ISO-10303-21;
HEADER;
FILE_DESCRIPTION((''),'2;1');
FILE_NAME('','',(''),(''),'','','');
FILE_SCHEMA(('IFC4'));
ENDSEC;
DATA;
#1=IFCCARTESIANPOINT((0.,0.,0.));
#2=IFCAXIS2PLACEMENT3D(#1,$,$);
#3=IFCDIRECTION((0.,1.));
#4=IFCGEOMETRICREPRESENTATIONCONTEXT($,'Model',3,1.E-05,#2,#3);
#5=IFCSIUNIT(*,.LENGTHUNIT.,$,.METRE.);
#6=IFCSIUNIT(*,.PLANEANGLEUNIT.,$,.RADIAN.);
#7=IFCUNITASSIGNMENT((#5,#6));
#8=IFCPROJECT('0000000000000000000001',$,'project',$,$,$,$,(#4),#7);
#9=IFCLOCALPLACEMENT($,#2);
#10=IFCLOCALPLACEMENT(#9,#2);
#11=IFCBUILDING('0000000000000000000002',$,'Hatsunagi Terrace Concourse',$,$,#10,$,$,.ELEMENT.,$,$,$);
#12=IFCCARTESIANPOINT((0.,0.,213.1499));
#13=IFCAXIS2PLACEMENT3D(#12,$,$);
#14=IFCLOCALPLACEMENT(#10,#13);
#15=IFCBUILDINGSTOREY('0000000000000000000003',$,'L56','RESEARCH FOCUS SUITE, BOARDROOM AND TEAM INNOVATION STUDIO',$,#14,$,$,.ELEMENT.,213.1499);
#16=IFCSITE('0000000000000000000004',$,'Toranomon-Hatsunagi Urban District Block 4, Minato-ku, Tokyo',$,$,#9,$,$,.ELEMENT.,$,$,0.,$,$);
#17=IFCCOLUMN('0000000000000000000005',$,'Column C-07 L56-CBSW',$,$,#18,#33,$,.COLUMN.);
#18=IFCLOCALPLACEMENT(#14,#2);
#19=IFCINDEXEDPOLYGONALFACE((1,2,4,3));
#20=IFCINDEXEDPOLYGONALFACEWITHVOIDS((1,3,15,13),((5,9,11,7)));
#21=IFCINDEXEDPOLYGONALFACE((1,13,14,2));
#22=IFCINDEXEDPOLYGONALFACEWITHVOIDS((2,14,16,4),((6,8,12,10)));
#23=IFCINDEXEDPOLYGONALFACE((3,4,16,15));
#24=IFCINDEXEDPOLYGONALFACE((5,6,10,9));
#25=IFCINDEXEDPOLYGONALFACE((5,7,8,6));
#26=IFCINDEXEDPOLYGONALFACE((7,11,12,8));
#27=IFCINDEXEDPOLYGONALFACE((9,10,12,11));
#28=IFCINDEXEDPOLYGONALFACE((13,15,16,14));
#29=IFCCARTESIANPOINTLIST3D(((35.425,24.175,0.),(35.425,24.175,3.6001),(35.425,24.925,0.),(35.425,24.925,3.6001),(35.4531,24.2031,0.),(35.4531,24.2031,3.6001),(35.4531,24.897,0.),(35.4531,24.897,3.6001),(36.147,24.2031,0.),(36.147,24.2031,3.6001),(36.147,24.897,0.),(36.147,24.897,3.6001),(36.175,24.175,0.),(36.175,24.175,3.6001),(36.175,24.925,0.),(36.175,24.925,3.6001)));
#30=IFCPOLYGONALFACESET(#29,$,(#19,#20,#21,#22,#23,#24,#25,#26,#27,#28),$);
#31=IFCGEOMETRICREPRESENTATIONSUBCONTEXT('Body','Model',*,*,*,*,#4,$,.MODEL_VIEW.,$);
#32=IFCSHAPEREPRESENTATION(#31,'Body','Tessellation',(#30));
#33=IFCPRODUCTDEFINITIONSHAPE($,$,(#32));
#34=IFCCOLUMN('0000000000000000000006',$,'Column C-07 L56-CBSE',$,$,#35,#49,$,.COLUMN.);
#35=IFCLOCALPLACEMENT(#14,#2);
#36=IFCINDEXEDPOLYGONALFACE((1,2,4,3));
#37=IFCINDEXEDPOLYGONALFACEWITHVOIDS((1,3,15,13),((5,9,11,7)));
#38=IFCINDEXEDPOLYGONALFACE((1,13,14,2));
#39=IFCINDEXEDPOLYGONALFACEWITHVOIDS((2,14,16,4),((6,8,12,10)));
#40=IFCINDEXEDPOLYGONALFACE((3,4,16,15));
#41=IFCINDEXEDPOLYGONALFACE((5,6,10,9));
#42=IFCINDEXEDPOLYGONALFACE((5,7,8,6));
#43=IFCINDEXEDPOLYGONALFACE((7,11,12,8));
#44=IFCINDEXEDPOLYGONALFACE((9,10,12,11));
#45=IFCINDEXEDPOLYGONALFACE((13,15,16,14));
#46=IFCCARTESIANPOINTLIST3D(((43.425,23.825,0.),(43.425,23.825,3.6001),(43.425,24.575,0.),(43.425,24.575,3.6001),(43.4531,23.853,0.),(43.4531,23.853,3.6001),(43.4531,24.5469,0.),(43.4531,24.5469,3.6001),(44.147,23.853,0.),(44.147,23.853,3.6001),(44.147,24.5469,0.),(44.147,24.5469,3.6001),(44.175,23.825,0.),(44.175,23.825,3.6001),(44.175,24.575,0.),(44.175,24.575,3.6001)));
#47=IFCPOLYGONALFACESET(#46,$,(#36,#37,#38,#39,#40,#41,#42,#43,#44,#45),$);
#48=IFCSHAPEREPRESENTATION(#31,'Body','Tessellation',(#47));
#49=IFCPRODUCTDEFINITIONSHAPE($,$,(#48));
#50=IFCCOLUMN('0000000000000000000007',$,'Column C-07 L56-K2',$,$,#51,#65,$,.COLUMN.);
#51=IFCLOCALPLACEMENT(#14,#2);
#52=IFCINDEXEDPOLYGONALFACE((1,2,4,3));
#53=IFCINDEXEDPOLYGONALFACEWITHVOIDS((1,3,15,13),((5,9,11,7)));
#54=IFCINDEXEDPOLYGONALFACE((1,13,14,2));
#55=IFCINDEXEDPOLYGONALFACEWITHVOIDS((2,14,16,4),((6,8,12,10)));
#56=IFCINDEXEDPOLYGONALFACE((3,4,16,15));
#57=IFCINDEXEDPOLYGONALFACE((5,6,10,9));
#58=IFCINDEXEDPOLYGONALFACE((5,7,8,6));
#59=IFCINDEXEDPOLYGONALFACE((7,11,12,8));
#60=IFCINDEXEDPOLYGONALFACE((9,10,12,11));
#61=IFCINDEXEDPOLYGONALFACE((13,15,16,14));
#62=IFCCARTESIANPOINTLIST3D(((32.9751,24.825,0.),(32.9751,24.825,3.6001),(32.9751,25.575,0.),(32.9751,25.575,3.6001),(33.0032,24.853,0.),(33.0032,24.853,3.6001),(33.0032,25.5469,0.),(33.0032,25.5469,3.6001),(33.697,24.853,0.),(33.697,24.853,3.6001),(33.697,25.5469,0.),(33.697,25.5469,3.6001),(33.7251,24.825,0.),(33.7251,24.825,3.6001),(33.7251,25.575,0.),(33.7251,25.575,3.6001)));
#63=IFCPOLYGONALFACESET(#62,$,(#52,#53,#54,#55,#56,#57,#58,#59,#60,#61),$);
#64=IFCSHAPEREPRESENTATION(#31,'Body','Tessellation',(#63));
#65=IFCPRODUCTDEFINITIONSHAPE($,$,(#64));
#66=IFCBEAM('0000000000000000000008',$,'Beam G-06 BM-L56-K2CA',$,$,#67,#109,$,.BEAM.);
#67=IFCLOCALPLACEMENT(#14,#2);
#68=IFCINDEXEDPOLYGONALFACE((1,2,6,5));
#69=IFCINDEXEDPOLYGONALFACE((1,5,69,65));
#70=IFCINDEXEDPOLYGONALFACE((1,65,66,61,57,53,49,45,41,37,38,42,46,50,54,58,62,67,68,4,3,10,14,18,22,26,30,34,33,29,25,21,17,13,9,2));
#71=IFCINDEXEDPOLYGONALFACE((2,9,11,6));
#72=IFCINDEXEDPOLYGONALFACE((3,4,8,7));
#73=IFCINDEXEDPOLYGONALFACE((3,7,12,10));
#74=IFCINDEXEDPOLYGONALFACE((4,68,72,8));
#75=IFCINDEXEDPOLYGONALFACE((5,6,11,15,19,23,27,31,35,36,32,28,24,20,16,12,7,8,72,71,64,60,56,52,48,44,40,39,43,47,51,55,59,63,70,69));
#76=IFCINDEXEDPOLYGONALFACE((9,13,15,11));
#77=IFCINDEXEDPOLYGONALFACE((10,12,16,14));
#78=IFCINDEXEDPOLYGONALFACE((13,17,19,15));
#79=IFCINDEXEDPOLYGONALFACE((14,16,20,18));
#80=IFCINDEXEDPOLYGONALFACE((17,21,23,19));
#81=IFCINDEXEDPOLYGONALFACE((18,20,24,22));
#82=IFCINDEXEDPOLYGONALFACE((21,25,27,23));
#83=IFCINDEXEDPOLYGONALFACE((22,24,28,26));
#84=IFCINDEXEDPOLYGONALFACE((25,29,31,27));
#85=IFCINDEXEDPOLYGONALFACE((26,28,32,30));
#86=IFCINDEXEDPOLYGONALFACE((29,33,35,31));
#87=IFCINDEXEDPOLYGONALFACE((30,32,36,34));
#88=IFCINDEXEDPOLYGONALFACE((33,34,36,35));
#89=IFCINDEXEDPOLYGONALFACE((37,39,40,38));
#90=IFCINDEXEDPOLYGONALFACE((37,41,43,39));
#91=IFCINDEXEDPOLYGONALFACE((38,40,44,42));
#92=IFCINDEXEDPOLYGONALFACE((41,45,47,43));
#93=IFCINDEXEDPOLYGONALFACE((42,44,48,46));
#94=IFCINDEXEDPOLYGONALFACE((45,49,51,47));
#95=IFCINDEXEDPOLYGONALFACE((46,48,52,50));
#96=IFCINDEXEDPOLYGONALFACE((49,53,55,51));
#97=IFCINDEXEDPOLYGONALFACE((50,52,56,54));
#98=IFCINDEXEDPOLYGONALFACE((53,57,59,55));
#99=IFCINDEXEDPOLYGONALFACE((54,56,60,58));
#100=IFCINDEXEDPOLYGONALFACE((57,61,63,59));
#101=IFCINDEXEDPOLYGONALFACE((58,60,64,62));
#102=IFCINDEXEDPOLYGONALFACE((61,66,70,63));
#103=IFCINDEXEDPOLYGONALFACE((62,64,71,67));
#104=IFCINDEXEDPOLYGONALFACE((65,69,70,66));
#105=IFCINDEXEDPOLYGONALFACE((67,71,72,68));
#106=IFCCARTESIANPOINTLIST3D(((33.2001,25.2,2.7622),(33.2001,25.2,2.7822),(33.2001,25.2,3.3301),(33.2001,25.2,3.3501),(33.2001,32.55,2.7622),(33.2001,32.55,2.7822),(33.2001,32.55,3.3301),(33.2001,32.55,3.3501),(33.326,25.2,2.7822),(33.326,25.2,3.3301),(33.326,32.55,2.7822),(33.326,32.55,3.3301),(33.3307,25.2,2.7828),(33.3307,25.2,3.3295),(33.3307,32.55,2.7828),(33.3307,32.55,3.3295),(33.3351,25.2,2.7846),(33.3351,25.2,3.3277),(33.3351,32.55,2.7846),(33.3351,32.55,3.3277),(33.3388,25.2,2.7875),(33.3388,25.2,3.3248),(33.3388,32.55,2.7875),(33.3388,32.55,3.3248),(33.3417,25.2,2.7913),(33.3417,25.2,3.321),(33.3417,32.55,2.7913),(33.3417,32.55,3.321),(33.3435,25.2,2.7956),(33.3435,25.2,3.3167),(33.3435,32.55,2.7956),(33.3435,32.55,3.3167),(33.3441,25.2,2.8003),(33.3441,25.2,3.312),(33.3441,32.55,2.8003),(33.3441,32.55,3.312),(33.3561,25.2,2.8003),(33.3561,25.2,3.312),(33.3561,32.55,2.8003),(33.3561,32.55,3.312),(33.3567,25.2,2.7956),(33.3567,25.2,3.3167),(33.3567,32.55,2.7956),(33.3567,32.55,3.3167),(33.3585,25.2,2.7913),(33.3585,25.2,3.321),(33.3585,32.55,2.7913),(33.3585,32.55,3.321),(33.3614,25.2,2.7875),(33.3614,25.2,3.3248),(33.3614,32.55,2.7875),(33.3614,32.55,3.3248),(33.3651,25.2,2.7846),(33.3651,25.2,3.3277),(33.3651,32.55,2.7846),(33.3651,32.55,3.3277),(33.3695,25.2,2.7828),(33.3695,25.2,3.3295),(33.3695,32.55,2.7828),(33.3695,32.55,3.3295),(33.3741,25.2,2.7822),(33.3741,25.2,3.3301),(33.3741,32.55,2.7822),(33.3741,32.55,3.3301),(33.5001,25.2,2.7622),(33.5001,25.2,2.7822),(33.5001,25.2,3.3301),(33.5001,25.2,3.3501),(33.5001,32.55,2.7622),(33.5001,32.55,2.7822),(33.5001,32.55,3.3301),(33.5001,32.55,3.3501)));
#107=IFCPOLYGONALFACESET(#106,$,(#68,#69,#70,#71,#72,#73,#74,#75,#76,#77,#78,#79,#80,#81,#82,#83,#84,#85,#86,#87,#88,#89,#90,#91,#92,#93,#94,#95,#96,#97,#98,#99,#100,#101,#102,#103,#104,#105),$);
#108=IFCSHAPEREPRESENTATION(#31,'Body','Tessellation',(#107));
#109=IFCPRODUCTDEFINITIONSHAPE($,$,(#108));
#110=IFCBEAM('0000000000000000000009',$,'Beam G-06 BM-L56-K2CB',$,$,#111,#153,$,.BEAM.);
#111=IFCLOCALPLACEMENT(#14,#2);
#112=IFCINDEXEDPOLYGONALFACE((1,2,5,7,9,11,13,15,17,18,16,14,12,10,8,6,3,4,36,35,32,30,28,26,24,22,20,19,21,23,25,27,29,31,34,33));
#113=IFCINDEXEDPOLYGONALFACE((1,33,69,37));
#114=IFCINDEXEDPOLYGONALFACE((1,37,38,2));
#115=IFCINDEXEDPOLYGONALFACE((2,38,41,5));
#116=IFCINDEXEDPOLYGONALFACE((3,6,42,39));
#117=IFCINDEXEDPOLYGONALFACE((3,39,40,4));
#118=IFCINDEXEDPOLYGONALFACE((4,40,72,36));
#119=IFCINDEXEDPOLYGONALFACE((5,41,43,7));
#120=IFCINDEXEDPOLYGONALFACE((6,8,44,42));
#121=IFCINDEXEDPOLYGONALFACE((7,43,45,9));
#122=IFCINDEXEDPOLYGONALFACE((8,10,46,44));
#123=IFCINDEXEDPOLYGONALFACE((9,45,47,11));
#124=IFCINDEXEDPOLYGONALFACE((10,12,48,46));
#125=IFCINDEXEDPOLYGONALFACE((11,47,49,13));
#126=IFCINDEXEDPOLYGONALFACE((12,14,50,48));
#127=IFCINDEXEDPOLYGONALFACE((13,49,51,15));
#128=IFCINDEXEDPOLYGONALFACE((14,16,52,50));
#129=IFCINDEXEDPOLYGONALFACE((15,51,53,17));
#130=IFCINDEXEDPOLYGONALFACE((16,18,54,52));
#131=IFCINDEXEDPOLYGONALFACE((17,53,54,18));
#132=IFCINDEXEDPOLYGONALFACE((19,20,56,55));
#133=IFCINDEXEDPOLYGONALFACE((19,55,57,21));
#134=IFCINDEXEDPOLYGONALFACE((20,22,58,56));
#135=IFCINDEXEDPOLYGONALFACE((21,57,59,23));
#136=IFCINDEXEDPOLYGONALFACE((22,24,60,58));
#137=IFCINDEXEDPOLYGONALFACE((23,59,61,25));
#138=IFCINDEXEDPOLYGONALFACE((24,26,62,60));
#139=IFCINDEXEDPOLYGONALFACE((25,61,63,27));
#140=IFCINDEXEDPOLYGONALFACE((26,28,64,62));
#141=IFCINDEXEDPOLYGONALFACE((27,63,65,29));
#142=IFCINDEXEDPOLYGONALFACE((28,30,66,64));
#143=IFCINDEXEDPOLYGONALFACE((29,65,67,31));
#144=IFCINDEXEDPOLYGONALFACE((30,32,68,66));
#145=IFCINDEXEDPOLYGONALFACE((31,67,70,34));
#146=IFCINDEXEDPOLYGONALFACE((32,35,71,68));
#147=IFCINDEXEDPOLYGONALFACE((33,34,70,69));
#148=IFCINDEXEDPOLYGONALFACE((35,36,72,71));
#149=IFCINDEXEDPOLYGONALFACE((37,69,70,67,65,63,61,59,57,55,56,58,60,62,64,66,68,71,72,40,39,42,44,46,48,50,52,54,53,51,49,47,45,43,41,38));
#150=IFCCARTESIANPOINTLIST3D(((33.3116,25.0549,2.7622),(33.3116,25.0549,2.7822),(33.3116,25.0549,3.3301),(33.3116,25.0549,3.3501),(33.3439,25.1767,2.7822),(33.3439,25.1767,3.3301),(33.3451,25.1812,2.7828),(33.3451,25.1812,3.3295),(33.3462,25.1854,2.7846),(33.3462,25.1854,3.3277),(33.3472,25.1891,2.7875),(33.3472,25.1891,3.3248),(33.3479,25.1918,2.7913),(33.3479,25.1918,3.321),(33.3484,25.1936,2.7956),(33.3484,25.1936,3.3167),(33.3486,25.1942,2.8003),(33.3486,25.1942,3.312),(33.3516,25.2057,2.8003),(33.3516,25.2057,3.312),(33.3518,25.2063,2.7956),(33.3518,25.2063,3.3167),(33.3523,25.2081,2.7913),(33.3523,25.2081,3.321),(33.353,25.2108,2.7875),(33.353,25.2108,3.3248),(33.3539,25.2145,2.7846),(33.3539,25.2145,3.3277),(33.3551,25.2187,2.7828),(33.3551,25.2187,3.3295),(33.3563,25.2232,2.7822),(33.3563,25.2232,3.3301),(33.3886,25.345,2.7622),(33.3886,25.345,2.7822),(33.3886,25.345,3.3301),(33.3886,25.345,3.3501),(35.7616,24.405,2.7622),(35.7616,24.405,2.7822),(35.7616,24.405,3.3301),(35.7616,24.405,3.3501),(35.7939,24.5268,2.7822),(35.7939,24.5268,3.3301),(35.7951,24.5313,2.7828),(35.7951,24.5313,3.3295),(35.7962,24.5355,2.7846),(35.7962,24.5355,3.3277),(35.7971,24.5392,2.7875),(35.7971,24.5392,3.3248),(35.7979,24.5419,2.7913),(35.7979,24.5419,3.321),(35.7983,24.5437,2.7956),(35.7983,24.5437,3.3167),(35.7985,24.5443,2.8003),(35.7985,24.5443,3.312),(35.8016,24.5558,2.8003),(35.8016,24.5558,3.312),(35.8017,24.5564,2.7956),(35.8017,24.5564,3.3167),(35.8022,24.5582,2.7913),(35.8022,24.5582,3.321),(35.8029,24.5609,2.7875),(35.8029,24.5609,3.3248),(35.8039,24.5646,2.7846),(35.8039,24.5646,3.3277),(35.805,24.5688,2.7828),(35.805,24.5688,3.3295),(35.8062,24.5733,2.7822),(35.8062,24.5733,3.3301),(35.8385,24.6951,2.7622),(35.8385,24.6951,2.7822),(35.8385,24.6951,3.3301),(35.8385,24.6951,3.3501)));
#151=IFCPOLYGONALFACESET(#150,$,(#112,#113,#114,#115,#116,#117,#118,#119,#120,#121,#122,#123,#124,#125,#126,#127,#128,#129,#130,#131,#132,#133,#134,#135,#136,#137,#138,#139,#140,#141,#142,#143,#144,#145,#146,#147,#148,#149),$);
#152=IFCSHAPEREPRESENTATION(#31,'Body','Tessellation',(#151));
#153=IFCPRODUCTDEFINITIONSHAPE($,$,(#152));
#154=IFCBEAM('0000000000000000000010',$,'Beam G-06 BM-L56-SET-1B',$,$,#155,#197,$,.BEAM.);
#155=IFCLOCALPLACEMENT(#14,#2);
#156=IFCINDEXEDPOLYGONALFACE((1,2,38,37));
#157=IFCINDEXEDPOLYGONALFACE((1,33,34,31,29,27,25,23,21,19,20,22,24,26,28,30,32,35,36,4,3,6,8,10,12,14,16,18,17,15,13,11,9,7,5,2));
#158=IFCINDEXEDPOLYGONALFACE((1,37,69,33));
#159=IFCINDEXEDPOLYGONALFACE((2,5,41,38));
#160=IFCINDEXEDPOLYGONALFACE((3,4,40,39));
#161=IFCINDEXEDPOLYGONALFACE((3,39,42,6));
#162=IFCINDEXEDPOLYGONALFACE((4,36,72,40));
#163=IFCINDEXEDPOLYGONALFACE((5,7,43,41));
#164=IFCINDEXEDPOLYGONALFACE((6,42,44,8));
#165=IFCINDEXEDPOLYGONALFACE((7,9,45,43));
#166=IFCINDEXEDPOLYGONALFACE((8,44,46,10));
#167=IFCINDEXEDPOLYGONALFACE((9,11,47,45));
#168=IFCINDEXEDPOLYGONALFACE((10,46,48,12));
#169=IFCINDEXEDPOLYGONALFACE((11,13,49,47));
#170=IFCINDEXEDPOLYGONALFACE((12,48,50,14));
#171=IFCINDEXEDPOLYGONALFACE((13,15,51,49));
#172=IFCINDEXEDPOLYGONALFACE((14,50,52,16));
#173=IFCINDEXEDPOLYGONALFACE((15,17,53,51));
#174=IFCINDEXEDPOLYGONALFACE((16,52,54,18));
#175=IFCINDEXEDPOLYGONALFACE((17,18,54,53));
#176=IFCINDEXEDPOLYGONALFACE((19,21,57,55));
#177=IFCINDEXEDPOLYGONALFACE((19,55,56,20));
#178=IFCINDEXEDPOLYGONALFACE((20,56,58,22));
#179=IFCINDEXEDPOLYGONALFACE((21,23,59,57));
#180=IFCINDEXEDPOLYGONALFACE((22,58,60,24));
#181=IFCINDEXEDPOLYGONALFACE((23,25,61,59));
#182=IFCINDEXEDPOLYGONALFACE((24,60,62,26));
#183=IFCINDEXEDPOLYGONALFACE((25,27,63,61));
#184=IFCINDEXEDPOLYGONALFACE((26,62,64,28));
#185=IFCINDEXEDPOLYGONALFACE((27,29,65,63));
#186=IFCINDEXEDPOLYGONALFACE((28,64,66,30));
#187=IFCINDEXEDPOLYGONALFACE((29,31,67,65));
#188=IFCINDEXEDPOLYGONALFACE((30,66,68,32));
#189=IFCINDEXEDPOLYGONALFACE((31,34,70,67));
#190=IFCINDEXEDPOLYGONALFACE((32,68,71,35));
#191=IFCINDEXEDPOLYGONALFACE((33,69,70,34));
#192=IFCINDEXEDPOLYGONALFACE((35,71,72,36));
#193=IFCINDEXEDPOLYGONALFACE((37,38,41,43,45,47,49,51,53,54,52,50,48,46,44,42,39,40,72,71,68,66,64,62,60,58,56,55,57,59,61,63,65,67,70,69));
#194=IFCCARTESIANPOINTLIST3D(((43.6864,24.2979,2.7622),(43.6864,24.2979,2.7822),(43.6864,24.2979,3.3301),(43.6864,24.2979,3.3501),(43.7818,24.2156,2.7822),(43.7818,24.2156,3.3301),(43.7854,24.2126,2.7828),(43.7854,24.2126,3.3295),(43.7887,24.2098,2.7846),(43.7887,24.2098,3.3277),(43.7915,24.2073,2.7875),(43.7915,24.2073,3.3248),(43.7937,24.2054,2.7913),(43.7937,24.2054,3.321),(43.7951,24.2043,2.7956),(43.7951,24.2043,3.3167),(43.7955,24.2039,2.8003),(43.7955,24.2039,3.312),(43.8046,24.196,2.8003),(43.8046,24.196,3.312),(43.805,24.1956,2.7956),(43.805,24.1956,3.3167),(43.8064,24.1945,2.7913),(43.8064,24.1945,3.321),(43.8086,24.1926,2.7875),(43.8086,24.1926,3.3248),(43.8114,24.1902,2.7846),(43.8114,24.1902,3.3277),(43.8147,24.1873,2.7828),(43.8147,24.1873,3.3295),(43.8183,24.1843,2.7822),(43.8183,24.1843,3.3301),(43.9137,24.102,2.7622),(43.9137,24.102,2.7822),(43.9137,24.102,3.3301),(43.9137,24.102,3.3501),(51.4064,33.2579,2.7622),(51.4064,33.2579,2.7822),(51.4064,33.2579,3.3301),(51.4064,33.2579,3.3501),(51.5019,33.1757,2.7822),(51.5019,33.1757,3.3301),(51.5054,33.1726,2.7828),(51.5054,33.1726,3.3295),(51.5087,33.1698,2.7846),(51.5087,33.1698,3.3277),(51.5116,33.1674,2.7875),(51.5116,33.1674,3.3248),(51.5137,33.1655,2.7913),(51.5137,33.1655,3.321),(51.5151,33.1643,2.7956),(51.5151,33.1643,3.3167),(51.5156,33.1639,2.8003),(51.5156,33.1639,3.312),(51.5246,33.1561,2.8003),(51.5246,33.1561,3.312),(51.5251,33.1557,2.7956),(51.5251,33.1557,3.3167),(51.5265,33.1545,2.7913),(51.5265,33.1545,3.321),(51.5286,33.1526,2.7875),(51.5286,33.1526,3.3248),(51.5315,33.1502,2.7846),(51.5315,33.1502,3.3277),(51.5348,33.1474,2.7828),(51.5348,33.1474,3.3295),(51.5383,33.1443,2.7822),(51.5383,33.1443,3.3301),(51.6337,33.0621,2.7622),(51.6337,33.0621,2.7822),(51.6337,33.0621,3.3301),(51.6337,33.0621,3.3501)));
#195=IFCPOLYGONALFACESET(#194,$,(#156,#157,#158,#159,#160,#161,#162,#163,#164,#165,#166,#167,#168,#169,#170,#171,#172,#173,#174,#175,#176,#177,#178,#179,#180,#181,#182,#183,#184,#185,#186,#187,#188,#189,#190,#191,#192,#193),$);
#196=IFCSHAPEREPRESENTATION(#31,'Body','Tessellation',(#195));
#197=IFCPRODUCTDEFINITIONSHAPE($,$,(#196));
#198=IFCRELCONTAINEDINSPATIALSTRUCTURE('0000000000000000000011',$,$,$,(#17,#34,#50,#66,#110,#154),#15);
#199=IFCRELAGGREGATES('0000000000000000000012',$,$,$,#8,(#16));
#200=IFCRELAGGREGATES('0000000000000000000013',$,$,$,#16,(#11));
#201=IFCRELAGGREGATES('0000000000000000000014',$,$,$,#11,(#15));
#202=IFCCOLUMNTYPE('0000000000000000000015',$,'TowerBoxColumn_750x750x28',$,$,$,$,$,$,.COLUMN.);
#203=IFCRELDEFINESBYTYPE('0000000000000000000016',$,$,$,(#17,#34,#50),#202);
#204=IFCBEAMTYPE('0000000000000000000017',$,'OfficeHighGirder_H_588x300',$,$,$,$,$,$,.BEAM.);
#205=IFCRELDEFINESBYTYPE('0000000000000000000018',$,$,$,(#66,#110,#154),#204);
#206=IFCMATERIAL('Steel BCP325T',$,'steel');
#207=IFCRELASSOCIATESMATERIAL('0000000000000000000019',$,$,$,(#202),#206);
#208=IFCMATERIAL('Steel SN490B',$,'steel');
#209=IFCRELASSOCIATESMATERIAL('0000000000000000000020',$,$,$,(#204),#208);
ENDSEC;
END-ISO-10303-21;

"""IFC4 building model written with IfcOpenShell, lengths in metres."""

from ifc_helpers import new_model, si_unit, direction, frame, origin, origin_2d, place, context, subcontext, project, spatial, hollow_rectangle, i_section, extrude, material, material_profile, profile_set, type_object, element, save


model = new_model("IFC4")

# Units and contexts
model_context = context("Model", 3, precision=1e-05, world=origin(), true_north=direction((0.0, 1.0)))
body_context = subcontext(model_context, "Body", "Model", "MODEL_VIEW")
ifc_project = project(units=[si_unit("LENGTHUNIT", "METRE"), si_unit("PLANEANGLEUNIT", "RADIAN")], contexts=[model_context])

# Site, building, storey
site_placement = place(None, origin())
site = spatial("IfcSite", under=ifc_project, at=site_placement, Name="Toranomon-Hatsunagi Urban District Block 4, Minato-ku, Tokyo", CompositionType="ELEMENT", RefElevation=0.0)
building_placement = place(site_placement, origin())
building = spatial("IfcBuilding", under=site, at=building_placement, Name="Hatsunagi Terrace Concourse", CompositionType="ELEMENT")
storey_placement = place(building_placement, frame((0.0, 0.0, 213.1499)))
storey = spatial("IfcBuildingStorey", under=building, at=storey_placement, Name="L56", Description="RESEARCH FOCUS SUITE, BOARDROOM AND TEAM INNOVATION STUDIO", CompositionType="ELEMENT", Elevation=213.1499)

# Columns
ifc_material_1 = material(Name="Steel BCP325T", Category="steel")
ifc_material_profile_1 = material_profile(ifc_material_1, hollow_rectangle(XDim=0.75, YDim=0.75, WallThickness=0.0281, at=origin_2d()), Name="BCP-750x750x28")
ifc_profile_set_1 = profile_set([ifc_material_profile_1], Name="Steel BCP325T")
column_type = type_object("IfcColumnType", Name="TowerBoxColumn_750x750x28", PredefinedType="COLUMN", material=ifc_profile_set_1)
for number, where, z_axis, x_axis, name in (
    (1, (35.8, 24.55, 0.0), (0.0, 0.0, 1.0), (1.0, 0.0, 0.0), "Column C-07 L56-CBSW"),
    (2, (43.8, 24.2, 0.0), (0.0, 0.0, 1.0), (1.0, 0.0, 0.0), "Column C-07 L56-CBSE"),
    (3, (33.3501, 25.2, 0.0), (0.0, 0.0, 1.0), (1.0, 0.0, 0.0), "Column C-07 L56-K2"),
):
    element("IfcColumn", number, at=place(storey_placement, frame(where, z_axis=z_axis, x_axis=x_axis)), inside=storey, type_object=column_type, Name=name, PredefinedType="COLUMN", context=body_context, shape_type="SweptSolid", body=[
        extrude(hollow_rectangle(XDim=0.75, YDim=0.75, WallThickness=0.0281, at=origin_2d()), origin(), (0.0, 0.0, 1.0), 3.6001),
    ])

# Beams
ifc_material_2 = material(Name="Steel SN490B", Category="steel")
ifc_material_profile_2 = material_profile(ifc_material_2, i_section(OverallWidth=0.3, OverallDepth=0.5879, WebThickness=0.012, FlangeThickness=0.02, FilletRadius=0.0181, at=origin_2d()), Name="H-588x300x12x20")
ifc_profile_set_2 = profile_set([ifc_material_profile_2], Name="Steel SN490B")
beam_type_1 = type_object("IfcBeamType", Name="OfficeHighGirder_H_588x300", PredefinedType="BEAM", material=ifc_profile_set_2)
beam_1_placement = place(storey_placement, frame((33.3501, 25.2, 3.0562), z_axis=(0.0, 1.0, 0.0), x_axis=(-1.0, 0.0, 0.0)))
element("IfcBeam", 4, at=beam_1_placement, inside=storey, type_object=beam_type_1, Name="Beam G-06 BM-L56-K2CA", PredefinedType="BEAM", context=body_context, shape_type="SweptSolid", body=[
    extrude(i_section(OverallWidth=0.3, OverallDepth=0.5879, WebThickness=0.012, FlangeThickness=0.02, FilletRadius=0.0181, at=origin_2d()), origin(), (0.0, 0.0, 1.0), 7.3501),
])
beam_2_placement = place(storey_placement, frame((33.3501, 25.2, 3.0562), z_axis=(0.96657, -0.256403, 0.0), x_axis=(0.256403, 0.96657, 0.0)))
element("IfcBeam", 5, at=beam_2_placement, inside=storey, type_object=beam_type_1, Name="Beam G-06 BM-L56-K2CB", PredefinedType="BEAM", context=body_context, shape_type="SweptSolid", body=[
    extrude(i_section(OverallWidth=0.3, OverallDepth=0.5879, WebThickness=0.012, FlangeThickness=0.02, FilletRadius=0.0181, at=origin_2d()), origin(), (0.0, 0.0, 1.0), 2.5347),
])
beam_3_placement = place(storey_placement, frame((43.8, 24.2, 3.0562), z_axis=(0.652739, 0.757583, 0.0), x_axis=(-0.757583, 0.652739, 0.0)))
element("IfcBeam", 6, at=beam_3_placement, inside=storey, type_object=beam_type_1, Name="Beam G-06 BM-L56-SET-1B", PredefinedType="BEAM", context=body_context, shape_type="SweptSolid", body=[
    extrude(i_section(OverallWidth=0.3, OverallDepth=0.5879, WebThickness=0.012, FlangeThickness=0.02, FilletRadius=0.0181, at=origin_2d()), origin(), (0.0, 0.0, 1.0), 11.8271),
])

save(model, "model.ifc")
